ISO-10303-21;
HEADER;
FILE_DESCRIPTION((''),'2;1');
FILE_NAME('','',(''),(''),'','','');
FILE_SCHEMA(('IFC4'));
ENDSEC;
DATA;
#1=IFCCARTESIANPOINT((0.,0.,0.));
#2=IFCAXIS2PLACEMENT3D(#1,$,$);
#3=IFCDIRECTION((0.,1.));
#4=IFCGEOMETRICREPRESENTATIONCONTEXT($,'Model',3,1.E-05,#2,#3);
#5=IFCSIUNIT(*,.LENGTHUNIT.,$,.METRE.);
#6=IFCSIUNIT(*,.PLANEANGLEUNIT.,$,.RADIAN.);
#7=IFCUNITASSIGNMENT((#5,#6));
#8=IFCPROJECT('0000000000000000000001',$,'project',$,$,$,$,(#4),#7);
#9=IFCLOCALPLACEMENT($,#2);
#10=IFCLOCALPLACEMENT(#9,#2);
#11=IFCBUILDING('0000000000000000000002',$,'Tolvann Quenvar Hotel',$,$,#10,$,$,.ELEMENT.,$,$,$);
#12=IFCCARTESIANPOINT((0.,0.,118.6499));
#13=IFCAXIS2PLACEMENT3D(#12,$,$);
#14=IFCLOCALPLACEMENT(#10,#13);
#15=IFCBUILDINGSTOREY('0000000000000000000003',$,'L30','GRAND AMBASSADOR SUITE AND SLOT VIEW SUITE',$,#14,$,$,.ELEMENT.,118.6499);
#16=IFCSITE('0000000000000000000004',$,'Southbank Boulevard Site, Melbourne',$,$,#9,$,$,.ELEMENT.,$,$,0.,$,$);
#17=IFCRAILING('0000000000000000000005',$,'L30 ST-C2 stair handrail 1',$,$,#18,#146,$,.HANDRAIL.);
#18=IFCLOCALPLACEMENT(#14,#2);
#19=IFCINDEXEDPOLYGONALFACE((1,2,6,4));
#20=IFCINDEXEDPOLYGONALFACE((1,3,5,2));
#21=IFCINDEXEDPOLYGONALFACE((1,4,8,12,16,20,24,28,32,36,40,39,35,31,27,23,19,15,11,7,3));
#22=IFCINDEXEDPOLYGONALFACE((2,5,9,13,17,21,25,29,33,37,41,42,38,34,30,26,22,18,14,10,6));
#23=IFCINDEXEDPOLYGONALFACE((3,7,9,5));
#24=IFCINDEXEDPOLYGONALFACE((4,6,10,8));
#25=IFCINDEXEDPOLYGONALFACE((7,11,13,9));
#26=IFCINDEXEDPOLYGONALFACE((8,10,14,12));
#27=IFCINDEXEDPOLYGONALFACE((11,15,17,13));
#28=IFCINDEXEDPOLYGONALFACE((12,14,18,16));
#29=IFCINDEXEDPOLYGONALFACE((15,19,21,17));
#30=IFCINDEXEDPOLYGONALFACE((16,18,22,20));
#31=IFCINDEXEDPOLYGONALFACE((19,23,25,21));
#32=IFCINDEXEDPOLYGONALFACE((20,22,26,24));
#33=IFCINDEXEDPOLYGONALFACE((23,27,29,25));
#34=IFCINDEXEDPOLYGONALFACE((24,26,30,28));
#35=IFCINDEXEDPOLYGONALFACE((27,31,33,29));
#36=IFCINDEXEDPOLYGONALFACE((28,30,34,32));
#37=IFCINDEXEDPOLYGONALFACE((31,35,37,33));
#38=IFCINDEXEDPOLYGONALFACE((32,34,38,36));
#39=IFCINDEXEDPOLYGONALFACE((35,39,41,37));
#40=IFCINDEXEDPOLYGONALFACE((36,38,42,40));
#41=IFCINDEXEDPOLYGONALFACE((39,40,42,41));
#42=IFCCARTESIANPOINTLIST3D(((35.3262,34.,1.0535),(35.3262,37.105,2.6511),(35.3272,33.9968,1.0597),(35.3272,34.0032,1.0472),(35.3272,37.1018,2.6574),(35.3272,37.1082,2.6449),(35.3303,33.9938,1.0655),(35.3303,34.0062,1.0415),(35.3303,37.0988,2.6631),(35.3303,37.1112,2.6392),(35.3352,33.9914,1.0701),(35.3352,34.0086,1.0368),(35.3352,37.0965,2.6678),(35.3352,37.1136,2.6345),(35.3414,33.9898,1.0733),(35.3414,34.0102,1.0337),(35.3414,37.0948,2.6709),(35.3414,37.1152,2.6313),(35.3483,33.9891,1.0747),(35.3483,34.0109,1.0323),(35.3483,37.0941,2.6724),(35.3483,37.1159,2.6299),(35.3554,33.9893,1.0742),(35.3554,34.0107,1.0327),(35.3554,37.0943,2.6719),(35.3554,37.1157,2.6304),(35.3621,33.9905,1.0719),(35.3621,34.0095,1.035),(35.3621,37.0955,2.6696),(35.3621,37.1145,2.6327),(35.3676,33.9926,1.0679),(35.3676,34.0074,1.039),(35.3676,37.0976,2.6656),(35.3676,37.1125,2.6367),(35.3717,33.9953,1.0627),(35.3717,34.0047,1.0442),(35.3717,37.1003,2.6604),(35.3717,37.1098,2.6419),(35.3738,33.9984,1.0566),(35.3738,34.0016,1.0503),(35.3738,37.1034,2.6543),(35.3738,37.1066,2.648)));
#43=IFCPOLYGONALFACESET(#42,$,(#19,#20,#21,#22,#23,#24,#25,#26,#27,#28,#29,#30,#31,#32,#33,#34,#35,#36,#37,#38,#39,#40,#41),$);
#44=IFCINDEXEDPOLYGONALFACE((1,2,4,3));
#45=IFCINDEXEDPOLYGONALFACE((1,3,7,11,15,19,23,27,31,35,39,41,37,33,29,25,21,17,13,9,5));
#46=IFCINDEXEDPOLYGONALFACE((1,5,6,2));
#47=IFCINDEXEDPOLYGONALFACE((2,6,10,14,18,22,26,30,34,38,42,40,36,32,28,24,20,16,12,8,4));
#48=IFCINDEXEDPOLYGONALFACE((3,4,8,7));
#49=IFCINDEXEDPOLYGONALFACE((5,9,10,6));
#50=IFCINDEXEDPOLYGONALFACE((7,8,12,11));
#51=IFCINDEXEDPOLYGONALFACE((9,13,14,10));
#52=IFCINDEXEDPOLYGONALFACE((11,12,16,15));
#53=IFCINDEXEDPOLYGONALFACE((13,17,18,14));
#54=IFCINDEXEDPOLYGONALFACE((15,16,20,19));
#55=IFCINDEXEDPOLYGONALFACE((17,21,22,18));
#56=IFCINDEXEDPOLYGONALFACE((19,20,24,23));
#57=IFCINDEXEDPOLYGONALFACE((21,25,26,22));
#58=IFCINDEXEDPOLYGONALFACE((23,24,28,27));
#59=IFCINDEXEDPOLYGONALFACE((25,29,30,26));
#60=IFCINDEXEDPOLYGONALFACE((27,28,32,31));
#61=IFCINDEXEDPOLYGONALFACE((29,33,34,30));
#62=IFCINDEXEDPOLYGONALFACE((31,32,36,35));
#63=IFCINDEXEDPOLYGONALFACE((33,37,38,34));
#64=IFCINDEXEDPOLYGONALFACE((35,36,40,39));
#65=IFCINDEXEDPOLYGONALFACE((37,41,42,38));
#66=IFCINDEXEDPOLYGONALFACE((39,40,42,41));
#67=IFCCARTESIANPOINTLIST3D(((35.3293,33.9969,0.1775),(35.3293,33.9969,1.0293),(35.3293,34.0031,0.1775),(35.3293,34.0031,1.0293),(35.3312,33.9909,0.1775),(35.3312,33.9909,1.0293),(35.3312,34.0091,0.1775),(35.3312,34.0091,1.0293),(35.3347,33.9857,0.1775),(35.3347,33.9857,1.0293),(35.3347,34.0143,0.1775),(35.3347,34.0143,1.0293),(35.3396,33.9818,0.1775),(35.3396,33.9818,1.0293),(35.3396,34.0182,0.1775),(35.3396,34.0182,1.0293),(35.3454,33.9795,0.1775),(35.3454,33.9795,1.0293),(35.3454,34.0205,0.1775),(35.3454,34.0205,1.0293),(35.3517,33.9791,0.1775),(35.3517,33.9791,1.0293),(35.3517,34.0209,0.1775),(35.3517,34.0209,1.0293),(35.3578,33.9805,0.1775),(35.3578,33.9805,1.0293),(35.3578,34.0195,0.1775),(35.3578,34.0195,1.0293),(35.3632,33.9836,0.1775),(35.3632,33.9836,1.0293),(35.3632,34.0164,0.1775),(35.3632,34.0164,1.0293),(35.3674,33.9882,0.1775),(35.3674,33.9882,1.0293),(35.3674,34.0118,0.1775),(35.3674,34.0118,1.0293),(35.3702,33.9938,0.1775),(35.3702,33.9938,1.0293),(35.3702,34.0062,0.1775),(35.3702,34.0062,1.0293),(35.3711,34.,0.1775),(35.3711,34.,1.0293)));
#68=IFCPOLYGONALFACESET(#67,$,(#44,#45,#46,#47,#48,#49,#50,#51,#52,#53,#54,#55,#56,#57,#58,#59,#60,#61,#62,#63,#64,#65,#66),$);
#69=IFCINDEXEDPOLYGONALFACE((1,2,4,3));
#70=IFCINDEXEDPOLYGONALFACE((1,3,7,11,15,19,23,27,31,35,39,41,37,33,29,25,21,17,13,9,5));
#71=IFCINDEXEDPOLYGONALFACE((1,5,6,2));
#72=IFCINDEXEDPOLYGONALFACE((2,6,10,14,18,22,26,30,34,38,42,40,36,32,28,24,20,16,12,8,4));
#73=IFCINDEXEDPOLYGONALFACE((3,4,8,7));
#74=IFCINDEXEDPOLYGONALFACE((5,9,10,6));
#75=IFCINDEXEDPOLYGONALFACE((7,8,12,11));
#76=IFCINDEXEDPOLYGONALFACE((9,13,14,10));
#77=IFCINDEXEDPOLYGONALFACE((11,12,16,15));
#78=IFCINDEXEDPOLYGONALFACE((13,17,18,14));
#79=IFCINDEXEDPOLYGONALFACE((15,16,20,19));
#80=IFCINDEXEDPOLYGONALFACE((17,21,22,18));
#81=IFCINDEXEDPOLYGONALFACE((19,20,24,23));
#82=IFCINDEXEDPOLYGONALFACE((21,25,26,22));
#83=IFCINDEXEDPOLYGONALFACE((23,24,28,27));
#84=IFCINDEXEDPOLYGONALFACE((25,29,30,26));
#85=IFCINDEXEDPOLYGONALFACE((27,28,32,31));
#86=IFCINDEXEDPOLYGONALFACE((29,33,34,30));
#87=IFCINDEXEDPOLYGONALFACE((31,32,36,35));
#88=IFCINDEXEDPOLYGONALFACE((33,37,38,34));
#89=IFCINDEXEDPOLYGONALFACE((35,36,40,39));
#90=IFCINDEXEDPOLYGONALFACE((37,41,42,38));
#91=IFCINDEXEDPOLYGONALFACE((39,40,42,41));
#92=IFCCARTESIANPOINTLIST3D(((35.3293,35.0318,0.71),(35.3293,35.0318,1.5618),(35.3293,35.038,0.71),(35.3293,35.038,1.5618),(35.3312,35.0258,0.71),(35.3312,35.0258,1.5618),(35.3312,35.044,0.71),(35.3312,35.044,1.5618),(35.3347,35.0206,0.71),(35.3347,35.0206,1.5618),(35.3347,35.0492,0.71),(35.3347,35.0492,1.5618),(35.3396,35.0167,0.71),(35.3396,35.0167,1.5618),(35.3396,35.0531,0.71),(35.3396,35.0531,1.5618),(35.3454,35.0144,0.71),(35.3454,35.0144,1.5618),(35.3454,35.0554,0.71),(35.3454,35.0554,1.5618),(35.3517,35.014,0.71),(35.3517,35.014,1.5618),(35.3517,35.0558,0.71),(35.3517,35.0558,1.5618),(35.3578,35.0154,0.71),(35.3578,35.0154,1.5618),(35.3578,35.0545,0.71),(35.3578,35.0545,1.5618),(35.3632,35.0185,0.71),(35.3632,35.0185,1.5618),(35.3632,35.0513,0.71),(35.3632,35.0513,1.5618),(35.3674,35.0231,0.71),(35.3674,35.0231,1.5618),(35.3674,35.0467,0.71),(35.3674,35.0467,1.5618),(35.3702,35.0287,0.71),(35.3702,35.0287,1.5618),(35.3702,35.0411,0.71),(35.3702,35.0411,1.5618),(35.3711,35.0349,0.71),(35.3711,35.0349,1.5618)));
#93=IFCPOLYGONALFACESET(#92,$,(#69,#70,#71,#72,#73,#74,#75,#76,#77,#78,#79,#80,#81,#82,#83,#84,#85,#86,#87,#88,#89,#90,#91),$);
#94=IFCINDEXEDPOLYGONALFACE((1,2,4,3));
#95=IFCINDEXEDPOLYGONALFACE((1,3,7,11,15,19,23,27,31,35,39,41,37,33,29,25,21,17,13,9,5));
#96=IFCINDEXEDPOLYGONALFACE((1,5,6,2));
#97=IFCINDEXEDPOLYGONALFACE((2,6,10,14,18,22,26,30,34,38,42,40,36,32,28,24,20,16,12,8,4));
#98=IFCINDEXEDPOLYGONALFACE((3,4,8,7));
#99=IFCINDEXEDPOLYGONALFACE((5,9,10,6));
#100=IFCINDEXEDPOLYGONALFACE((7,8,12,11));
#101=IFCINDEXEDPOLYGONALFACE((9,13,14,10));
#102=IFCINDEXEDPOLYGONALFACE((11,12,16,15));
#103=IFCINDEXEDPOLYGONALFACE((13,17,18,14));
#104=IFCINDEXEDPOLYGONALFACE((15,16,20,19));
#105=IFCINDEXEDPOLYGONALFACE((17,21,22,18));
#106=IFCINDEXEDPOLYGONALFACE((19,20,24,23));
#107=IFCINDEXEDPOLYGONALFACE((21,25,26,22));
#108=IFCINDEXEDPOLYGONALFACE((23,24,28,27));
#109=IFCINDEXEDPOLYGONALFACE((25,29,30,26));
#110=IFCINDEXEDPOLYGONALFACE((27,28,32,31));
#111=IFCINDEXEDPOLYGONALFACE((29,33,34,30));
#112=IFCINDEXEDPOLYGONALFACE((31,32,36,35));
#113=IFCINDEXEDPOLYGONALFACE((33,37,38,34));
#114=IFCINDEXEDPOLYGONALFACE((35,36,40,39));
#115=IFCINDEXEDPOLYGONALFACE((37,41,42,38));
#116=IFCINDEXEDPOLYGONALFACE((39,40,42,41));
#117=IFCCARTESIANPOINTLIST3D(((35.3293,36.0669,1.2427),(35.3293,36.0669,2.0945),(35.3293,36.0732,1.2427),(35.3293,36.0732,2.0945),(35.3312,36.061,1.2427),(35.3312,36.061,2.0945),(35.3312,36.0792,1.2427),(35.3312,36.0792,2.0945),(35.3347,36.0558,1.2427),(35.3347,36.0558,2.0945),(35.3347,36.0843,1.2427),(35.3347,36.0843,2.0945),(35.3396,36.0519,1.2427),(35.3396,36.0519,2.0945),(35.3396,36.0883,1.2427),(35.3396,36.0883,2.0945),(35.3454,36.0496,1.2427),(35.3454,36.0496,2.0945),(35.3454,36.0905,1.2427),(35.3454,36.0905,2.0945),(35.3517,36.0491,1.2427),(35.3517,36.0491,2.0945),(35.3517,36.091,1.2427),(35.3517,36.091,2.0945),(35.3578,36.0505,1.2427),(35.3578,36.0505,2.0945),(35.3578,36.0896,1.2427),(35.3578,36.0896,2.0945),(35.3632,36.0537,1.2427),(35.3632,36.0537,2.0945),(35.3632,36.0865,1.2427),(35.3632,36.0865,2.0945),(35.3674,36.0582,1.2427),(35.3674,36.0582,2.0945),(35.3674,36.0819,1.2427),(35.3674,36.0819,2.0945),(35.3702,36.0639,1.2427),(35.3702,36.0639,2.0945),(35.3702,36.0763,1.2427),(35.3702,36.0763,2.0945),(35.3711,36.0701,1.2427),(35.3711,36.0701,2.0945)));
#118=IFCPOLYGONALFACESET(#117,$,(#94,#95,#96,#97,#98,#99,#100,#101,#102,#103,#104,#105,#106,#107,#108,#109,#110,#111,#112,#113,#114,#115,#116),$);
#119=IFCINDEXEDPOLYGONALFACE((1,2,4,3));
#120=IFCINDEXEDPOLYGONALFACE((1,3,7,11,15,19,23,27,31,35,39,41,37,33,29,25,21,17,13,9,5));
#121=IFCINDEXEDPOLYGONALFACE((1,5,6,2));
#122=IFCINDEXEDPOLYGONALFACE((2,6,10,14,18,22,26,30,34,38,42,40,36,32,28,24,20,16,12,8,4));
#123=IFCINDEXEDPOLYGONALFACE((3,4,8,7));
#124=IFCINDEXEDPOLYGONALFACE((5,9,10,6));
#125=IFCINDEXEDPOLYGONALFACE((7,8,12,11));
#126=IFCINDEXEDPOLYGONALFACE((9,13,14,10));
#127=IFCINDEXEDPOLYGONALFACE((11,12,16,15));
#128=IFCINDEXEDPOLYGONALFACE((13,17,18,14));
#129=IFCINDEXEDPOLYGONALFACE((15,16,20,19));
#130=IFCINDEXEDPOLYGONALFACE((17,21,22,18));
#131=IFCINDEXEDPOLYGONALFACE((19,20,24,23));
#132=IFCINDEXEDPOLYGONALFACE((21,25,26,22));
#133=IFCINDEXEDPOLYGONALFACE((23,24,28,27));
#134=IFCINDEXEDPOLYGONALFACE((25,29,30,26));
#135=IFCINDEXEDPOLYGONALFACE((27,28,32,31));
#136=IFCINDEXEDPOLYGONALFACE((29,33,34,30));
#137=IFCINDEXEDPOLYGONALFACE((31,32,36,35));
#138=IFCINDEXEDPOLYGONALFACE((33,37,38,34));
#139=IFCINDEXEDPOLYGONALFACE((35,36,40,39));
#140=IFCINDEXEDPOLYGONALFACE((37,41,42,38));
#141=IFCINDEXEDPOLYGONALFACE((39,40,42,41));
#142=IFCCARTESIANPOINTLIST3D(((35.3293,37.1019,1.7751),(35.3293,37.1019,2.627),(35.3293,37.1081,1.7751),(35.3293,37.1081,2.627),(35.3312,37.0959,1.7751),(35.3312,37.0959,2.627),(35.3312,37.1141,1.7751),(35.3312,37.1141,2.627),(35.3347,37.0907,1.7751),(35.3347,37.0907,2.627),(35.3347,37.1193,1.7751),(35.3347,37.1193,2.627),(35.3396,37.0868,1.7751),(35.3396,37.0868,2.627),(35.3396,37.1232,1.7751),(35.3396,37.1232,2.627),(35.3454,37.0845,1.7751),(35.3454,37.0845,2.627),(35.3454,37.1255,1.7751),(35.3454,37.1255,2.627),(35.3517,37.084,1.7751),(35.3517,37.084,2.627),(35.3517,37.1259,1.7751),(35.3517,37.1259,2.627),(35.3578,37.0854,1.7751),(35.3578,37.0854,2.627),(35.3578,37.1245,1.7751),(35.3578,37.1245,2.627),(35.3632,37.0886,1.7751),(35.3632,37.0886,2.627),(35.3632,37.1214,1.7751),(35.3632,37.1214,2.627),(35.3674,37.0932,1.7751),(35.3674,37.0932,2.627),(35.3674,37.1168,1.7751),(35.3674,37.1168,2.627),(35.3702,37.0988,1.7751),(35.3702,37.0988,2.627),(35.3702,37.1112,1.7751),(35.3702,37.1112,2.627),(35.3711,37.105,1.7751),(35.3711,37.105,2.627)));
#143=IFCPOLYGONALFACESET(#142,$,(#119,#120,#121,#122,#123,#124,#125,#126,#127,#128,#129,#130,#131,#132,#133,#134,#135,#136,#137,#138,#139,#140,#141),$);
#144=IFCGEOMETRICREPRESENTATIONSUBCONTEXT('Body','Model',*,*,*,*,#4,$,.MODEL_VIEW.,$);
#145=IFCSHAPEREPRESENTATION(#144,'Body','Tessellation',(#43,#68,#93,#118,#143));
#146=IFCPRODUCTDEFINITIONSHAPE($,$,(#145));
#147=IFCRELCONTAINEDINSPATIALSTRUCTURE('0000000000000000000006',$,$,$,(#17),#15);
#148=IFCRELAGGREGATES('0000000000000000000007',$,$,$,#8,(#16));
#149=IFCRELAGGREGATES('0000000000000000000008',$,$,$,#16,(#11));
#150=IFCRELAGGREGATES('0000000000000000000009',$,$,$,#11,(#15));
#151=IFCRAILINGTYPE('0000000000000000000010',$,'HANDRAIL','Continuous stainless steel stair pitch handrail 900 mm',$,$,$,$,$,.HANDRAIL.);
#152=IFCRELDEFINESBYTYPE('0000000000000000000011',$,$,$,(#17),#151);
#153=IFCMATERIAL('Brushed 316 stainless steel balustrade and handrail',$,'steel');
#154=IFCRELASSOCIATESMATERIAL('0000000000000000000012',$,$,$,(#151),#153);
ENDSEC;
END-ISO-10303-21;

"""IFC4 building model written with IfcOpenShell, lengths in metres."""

from ifc_helpers import new_model, si_unit, direction, frame, origin, origin_2d, place, context, subcontext, project, spatial, circle, extrude, material, type_object, element, save


model = new_model("IFC4")

# Units and contexts
model_context = context("Model", 3, precision=1e-05, world=origin(), true_north=direction((0.0, 1.0)))
body_context = subcontext(model_context, "Body", "Model", "MODEL_VIEW")
ifc_project = project(units=[si_unit("LENGTHUNIT", "METRE"), si_unit("PLANEANGLEUNIT", "RADIAN")], contexts=[model_context])

# Site, building, storey
site_placement = place(None, origin())
site = spatial("IfcSite", under=ifc_project, at=site_placement, Name="Southbank Boulevard Site, Melbourne", CompositionType="ELEMENT", RefElevation=0.0)
building_placement = place(site_placement, origin())
building = spatial("IfcBuilding", under=site, at=building_placement, Name="Tolvann Quenvar Hotel", CompositionType="ELEMENT")
storey_placement = place(building_placement, frame((0.0, 0.0, 118.6499)))
storey = spatial("IfcBuildingStorey", under=building, at=storey_placement, Name="L30", Description="GRAND AMBASSADOR SUITE AND SLOT VIEW SUITE", CompositionType="ELEMENT", Elevation=118.6499)

# Railing
ifc_material_1 = material(Name="Brushed 316 stainless steel balustrade and handrail", Category="steel")
railing_type_1 = type_object("IfcRailingType", Name="HANDRAIL", Description="Continuous stainless steel stair pitch handrail 900 mm", PredefinedType="HANDRAIL", material=ifc_material_1)
railing_1_placement = place(storey_placement, frame((35.3501, 34.0, 0.1775)))
element("IfcRailing", 1, at=railing_1_placement, inside=storey, type_object=railing_type_1, Name="L30 ST-C2 stair handrail 1", PredefinedType="HANDRAIL", context=body_context, shape_type="SweptSolid", body=[
    extrude(circle(Radius=0.0239, at=origin_2d()), frame((0.0, 0.0, 0.876), z_axis=(0.0, 0.889194, 0.457531), x_axis=(-1.0, 0.0, 0.0)), (0.0, 0.0, 1.0), 3.4919),
    extrude(circle(Radius=0.021, at=origin_2d()), origin(), (0.0, 0.0, 1.0), 0.8518),
    extrude(circle(Radius=0.021, at=origin_2d()), frame((0.0, 1.0349, 0.5325)), (0.0, 0.0, 1.0), 0.8518),
    extrude(circle(Radius=0.021, at=origin_2d()), frame((0.0, 2.0701, 1.0652)), (0.0, 0.0, 1.0), 0.8518),
    extrude(circle(Radius=0.021, at=origin_2d()), frame((0.0, 3.105, 1.5977)), (0.0, 0.0, 1.0), 0.8518),
])

save(model, "model.ifc")
